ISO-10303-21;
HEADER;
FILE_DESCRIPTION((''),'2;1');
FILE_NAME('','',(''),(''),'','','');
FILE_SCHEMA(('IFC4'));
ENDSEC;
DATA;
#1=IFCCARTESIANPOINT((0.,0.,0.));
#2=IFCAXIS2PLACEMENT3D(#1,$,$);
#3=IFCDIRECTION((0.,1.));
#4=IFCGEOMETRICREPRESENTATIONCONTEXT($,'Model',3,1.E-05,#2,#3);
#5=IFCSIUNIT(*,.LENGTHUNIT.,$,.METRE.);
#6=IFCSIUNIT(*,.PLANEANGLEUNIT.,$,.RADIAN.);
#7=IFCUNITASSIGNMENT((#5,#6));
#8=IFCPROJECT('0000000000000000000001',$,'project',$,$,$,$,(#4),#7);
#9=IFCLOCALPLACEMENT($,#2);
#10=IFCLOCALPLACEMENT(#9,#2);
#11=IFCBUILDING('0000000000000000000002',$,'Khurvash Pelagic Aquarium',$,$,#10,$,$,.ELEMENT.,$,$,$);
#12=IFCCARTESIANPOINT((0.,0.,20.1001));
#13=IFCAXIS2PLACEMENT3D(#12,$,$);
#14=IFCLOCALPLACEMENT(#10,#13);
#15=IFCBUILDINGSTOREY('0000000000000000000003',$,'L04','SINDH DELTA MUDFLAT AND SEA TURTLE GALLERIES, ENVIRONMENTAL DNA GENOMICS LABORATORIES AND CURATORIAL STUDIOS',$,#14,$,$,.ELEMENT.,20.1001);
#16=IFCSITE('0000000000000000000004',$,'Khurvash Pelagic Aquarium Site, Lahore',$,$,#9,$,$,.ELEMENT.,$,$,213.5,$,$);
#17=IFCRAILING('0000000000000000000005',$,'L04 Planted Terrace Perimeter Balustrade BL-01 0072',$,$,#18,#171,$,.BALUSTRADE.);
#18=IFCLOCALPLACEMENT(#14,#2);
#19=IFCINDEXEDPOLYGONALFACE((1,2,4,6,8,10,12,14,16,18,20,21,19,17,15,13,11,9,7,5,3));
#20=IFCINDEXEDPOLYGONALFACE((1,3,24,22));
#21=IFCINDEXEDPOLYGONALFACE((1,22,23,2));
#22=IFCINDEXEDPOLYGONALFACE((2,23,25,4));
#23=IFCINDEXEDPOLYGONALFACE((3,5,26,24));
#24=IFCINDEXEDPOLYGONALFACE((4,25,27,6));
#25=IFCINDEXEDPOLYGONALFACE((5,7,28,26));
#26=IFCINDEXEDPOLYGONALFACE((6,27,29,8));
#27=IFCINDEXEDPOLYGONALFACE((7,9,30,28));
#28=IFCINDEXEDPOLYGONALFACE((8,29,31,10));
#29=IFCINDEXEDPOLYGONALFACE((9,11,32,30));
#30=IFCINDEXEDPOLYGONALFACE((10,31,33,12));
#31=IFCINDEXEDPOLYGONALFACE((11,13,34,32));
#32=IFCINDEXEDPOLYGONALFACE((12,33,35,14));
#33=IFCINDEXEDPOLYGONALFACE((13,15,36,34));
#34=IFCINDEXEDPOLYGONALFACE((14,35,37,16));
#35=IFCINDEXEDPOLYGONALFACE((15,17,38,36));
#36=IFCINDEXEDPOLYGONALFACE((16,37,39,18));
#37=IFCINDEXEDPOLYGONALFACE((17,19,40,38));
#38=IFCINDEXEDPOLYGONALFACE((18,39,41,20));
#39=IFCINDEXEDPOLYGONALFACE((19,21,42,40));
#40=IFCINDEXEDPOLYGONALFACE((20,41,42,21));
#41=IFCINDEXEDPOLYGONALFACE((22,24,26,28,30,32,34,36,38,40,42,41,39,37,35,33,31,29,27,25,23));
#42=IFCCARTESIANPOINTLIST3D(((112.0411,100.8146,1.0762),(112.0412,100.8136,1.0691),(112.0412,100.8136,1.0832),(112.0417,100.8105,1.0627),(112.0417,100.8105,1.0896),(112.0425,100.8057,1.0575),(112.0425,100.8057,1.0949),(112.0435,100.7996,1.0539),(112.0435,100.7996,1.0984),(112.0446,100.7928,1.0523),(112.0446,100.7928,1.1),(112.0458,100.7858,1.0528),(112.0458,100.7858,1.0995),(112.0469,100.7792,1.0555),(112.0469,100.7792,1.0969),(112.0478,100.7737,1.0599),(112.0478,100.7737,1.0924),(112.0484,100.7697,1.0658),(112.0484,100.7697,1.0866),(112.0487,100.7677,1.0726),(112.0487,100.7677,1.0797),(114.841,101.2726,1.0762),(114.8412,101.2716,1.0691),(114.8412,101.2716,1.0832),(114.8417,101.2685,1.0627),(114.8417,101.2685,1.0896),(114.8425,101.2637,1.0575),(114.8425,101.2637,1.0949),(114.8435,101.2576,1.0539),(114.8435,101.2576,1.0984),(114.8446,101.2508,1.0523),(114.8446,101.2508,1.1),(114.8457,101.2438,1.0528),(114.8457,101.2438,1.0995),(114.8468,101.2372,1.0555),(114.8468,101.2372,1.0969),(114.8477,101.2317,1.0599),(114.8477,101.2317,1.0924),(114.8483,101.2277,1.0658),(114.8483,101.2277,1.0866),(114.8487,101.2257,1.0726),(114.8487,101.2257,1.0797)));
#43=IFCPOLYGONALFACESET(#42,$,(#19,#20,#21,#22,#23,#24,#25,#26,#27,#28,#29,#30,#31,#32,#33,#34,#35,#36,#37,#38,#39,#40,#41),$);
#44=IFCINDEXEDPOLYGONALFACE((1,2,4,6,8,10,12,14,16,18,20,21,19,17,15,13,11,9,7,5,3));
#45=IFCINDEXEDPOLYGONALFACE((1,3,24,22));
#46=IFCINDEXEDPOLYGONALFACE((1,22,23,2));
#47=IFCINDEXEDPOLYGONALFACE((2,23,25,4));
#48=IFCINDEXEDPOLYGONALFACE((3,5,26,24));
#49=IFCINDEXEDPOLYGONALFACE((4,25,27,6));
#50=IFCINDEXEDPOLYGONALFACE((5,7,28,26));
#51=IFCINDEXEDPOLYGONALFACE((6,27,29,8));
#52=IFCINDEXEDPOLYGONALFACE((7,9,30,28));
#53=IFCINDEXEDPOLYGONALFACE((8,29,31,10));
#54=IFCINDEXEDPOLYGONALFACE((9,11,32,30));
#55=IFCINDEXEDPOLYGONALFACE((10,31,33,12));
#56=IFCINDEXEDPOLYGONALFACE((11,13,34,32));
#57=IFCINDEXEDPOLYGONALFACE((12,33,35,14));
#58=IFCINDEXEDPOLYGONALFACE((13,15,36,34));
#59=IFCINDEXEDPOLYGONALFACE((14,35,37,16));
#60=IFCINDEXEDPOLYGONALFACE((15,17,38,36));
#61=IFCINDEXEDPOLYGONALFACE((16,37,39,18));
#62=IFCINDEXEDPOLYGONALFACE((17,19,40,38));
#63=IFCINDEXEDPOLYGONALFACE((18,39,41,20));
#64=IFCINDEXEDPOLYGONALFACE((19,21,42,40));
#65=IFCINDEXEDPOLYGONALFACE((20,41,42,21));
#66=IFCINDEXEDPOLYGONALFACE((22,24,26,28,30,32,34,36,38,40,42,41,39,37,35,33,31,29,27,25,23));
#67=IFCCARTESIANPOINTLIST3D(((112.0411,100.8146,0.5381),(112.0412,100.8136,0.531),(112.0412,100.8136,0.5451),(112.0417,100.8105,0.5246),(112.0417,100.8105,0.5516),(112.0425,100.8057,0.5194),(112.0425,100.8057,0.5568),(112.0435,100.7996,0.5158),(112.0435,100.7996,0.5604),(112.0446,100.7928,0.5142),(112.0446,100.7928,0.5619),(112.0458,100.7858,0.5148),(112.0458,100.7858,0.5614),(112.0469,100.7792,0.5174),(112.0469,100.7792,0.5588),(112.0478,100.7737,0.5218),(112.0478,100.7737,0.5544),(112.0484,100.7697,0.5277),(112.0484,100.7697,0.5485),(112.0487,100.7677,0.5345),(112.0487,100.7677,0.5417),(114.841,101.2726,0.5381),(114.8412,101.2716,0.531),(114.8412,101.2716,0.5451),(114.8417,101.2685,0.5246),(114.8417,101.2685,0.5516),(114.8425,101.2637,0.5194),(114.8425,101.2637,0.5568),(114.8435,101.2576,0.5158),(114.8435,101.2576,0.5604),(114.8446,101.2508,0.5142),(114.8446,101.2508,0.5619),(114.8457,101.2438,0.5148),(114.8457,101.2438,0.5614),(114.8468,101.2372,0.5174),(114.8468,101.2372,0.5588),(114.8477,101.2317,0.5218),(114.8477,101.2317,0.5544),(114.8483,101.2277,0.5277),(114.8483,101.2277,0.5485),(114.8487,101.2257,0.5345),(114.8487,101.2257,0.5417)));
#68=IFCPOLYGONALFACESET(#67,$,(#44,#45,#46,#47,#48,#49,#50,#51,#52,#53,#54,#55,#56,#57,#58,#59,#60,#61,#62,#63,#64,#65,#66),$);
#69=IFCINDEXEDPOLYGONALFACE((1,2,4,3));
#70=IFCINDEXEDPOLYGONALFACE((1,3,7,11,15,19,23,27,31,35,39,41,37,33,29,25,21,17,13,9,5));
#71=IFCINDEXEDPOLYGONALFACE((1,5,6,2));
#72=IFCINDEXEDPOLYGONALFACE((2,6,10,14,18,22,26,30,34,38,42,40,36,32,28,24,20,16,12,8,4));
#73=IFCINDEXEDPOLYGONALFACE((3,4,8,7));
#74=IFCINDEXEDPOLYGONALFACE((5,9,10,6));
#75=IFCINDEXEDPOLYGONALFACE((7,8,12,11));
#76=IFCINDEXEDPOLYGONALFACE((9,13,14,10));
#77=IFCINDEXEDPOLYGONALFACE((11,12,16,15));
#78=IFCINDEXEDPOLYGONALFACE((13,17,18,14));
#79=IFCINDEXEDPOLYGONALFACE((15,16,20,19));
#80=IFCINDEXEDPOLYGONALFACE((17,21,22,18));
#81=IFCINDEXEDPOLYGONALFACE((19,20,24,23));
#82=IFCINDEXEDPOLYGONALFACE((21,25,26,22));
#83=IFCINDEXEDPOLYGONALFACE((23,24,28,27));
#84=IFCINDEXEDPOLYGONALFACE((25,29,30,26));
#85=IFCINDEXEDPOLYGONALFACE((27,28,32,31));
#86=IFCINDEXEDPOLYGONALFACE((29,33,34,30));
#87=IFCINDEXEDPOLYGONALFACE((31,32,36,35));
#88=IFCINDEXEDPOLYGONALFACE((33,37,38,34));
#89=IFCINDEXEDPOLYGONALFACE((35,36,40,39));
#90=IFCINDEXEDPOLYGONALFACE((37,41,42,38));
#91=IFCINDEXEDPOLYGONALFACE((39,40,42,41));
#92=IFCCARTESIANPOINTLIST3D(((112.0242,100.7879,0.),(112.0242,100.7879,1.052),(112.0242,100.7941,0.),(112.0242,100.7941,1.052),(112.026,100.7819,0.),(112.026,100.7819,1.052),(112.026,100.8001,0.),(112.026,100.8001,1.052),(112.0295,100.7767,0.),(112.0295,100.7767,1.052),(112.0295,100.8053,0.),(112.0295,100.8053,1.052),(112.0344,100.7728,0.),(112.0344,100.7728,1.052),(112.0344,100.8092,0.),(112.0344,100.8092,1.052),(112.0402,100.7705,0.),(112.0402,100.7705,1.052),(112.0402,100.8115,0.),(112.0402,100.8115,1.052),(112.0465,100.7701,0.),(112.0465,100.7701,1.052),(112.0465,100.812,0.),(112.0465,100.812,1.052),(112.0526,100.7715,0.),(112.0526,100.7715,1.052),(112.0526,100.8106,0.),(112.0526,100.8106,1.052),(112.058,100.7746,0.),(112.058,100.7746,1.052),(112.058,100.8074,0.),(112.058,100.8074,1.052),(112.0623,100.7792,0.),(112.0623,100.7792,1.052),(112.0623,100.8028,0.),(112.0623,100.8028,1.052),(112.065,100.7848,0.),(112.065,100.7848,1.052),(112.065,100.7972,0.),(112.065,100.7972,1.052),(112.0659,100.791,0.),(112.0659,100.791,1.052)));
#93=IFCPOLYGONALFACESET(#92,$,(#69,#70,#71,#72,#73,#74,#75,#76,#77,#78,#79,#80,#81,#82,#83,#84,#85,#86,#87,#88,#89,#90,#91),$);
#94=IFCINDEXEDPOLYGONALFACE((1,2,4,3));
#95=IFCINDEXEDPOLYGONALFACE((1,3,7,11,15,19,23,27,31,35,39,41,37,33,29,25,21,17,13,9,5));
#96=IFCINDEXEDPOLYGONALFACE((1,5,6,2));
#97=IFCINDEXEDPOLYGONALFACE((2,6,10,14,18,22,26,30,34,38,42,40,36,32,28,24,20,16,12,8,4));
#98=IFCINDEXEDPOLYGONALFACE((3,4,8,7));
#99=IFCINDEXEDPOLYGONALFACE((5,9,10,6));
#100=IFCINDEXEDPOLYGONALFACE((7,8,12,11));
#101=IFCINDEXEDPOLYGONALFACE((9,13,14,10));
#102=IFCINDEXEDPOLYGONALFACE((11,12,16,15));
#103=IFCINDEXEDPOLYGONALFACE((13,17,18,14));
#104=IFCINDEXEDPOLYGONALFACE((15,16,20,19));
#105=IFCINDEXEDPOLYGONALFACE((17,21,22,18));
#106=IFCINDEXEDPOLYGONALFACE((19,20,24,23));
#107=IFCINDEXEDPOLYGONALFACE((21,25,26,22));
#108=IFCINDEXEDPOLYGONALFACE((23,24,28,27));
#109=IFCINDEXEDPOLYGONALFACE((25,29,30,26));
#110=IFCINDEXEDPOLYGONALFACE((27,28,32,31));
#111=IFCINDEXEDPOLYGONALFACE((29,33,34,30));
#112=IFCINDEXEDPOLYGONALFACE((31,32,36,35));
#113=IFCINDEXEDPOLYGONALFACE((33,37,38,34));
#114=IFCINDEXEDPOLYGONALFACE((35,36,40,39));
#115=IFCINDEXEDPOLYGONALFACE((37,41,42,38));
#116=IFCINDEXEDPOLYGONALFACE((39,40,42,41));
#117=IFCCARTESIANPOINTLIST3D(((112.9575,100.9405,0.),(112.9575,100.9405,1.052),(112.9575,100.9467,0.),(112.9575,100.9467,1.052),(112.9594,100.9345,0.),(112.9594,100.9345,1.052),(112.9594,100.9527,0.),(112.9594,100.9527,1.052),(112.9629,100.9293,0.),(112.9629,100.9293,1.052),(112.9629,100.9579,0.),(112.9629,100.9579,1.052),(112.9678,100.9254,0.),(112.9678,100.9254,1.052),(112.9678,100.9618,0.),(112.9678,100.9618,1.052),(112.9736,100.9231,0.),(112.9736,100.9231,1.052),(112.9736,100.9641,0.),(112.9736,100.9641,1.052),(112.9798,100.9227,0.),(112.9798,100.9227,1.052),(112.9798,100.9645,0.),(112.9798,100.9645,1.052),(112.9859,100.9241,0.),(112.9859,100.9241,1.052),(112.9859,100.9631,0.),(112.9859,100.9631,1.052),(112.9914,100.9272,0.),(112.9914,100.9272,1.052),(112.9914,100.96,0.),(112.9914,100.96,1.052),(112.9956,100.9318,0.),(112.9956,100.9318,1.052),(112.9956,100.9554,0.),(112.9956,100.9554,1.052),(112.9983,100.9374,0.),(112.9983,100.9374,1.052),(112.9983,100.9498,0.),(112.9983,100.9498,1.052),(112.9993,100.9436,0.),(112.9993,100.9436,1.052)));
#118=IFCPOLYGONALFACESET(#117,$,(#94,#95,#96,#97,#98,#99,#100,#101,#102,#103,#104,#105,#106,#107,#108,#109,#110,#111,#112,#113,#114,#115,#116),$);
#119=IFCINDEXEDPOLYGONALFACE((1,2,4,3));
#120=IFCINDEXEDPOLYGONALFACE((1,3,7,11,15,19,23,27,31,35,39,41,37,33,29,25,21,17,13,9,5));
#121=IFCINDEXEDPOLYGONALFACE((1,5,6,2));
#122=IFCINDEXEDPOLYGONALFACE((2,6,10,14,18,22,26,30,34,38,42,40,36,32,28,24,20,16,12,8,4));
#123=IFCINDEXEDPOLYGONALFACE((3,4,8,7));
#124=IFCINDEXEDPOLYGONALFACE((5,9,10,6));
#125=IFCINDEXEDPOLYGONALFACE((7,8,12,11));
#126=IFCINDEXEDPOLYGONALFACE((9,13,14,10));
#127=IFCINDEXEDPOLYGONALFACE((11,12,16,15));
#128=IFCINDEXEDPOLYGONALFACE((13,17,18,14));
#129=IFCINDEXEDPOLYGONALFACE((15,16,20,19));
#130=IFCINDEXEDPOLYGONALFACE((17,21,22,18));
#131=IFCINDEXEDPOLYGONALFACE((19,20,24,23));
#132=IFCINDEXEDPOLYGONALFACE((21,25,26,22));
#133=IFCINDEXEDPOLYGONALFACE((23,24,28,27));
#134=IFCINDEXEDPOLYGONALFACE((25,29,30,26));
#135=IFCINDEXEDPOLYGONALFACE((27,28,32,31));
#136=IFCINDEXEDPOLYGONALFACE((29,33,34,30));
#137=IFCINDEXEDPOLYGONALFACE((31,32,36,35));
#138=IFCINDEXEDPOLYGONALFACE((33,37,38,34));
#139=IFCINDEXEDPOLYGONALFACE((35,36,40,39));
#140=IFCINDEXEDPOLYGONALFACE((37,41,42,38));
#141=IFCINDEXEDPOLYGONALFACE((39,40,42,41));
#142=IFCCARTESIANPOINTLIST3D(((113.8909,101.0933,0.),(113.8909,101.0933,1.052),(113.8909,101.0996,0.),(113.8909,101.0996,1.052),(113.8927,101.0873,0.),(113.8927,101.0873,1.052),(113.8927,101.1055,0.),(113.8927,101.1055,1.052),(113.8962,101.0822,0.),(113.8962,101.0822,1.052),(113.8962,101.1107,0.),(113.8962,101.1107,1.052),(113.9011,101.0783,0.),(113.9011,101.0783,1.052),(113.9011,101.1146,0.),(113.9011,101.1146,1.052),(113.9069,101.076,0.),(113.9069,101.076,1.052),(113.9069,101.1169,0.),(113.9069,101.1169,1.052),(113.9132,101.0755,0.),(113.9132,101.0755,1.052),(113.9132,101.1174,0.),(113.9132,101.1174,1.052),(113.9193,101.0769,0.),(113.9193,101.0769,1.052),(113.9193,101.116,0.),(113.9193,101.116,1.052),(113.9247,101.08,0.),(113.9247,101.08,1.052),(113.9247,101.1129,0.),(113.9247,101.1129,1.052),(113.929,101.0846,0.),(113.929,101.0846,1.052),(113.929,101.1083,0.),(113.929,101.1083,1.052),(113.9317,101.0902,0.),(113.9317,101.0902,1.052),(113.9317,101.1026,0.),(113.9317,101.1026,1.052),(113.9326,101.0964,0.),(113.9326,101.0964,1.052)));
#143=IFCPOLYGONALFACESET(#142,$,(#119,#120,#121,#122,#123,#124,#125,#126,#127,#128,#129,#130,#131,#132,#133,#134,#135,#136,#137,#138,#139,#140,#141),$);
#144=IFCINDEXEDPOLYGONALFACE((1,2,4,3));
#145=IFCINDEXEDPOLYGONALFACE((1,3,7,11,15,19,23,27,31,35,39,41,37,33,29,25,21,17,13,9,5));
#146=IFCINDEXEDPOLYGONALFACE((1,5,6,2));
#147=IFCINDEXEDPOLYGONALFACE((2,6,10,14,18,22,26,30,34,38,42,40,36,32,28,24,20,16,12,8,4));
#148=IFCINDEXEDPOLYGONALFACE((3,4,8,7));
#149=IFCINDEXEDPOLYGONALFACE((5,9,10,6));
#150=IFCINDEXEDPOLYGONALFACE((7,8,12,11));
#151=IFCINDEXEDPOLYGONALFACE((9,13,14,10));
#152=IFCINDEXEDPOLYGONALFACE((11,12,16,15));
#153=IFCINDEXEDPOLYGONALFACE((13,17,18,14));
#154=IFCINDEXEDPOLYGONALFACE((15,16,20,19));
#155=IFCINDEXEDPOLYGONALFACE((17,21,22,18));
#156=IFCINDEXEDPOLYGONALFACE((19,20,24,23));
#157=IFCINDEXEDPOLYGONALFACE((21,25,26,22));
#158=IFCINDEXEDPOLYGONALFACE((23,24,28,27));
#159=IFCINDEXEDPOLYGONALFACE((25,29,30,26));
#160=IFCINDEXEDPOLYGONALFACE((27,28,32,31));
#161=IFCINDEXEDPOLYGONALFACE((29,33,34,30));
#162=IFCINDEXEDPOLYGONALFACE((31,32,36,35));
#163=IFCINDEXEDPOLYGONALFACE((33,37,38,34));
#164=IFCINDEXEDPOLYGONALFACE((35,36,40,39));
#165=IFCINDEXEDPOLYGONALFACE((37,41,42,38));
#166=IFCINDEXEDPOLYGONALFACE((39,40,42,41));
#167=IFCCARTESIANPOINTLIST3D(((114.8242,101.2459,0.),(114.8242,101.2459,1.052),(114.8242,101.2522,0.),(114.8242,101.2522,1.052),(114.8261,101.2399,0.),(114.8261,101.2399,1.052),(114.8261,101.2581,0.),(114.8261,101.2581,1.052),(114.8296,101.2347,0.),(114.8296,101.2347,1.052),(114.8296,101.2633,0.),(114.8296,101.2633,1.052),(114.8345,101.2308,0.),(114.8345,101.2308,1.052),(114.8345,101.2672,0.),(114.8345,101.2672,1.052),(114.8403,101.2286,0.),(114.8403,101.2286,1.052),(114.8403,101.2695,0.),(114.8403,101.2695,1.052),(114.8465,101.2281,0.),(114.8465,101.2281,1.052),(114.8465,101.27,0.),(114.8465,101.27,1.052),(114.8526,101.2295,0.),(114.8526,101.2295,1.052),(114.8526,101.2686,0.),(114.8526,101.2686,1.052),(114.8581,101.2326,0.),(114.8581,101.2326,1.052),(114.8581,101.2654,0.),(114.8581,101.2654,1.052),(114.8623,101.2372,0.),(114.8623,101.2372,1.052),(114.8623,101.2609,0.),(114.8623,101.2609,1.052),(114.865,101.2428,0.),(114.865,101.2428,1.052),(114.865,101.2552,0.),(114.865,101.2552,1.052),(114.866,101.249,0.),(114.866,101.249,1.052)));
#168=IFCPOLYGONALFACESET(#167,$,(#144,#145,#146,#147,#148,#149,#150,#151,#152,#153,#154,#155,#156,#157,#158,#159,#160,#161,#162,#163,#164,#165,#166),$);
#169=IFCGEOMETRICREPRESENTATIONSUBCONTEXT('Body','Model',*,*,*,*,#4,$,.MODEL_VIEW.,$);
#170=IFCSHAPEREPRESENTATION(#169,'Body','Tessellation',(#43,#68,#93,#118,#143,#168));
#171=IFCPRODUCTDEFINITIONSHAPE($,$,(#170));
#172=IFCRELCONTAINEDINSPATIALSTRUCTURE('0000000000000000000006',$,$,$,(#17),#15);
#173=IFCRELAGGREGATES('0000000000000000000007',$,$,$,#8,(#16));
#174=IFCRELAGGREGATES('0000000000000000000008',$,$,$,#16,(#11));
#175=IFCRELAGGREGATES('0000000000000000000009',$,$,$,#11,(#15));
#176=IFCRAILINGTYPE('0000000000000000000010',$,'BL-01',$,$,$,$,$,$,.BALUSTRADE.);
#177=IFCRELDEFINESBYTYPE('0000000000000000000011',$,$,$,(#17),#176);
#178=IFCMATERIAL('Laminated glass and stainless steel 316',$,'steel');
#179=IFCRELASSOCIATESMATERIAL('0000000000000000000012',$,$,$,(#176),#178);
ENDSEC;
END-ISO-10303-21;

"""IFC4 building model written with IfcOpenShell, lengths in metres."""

from ifc_helpers import new_model, si_unit, direction, frame, origin, origin_2d, place, context, subcontext, project, spatial, circle, extrude, material, type_object, element, save


model = new_model("IFC4")

# Units and contexts
model_context = context("Model", 3, precision=1e-05, world=origin(), true_north=direction((0.0, 1.0)))
body_context = subcontext(model_context, "Body", "Model", "MODEL_VIEW")
ifc_project = project(units=[si_unit("LENGTHUNIT", "METRE"), si_unit("PLANEANGLEUNIT", "RADIAN")], contexts=[model_context])

# Site, building, storey
site_placement = place(None, origin())
site = spatial("IfcSite", under=ifc_project, at=site_placement, Name="Khurvash Pelagic Aquarium Site, Lahore", CompositionType="ELEMENT", RefElevation=213.5)
building_placement = place(site_placement, origin())
building = spatial("IfcBuilding", under=site, at=building_placement, Name="Khurvash Pelagic Aquarium", CompositionType="ELEMENT")
storey_placement = place(building_placement, frame((0.0, 0.0, 20.1001)))
storey = spatial("IfcBuildingStorey", under=building, at=storey_placement, Name="L04", Description="SINDH DELTA MUDFLAT AND SEA TURTLE GALLERIES, ENVIRONMENTAL DNA GENOMICS LABORATORIES AND CURATORIAL STUDIOS", CompositionType="ELEMENT", Elevation=20.1001)

# Railing
ifc_material_1 = material(Name="Laminated glass and stainless steel 316", Category="steel")
railing_type = type_object("IfcRailingType", Name="BL-01", PredefinedType="BALUSTRADE", material=ifc_material_1)
railing_1_placement = place(storey_placement, frame((112.0449, 100.791, 0.0)))
element("IfcRailing", 1, at=railing_1_placement, inside=storey, type_object=railing_type, Name="L04 Planted Terrace Perimeter Balustrade BL-01 0072", PredefinedType="BALUSTRADE", context=body_context, shape_type="SweptSolid", body=[
    extrude(circle(Radius=0.0239, at=origin_2d()), frame((0.0, 0.0, 1.0762), z_axis=(0.986885, 0.161426, 0.0), x_axis=(-0.161426, 0.986885, 0.0)), (0.0, 0.0, 1.0), 2.8372),
    extrude(circle(Radius=0.0239, at=origin_2d()), frame((0.0, 0.0, 0.5381), z_axis=(0.986885, 0.161426, 0.0), x_axis=(-0.161426, 0.986885, 0.0)), (0.0, 0.0, 1.0), 2.8372),
    extrude(circle(Radius=0.021, at=origin_2d()), origin(), (0.0, 0.0, 1.0), 1.052),
    extrude(circle(Radius=0.021, at=origin_2d()), frame((0.9333, 0.1526, 0.0)), (0.0, 0.0, 1.0), 1.052),
    extrude(circle(Radius=0.021, at=origin_2d()), frame((1.8667, 0.3054, 0.0)), (0.0, 0.0, 1.0), 1.052),
    extrude(circle(Radius=0.021, at=origin_2d()), frame((2.8, 0.458, 0.0)), (0.0, 0.0, 1.0), 1.052),
])

save(model, "model.ifc")
